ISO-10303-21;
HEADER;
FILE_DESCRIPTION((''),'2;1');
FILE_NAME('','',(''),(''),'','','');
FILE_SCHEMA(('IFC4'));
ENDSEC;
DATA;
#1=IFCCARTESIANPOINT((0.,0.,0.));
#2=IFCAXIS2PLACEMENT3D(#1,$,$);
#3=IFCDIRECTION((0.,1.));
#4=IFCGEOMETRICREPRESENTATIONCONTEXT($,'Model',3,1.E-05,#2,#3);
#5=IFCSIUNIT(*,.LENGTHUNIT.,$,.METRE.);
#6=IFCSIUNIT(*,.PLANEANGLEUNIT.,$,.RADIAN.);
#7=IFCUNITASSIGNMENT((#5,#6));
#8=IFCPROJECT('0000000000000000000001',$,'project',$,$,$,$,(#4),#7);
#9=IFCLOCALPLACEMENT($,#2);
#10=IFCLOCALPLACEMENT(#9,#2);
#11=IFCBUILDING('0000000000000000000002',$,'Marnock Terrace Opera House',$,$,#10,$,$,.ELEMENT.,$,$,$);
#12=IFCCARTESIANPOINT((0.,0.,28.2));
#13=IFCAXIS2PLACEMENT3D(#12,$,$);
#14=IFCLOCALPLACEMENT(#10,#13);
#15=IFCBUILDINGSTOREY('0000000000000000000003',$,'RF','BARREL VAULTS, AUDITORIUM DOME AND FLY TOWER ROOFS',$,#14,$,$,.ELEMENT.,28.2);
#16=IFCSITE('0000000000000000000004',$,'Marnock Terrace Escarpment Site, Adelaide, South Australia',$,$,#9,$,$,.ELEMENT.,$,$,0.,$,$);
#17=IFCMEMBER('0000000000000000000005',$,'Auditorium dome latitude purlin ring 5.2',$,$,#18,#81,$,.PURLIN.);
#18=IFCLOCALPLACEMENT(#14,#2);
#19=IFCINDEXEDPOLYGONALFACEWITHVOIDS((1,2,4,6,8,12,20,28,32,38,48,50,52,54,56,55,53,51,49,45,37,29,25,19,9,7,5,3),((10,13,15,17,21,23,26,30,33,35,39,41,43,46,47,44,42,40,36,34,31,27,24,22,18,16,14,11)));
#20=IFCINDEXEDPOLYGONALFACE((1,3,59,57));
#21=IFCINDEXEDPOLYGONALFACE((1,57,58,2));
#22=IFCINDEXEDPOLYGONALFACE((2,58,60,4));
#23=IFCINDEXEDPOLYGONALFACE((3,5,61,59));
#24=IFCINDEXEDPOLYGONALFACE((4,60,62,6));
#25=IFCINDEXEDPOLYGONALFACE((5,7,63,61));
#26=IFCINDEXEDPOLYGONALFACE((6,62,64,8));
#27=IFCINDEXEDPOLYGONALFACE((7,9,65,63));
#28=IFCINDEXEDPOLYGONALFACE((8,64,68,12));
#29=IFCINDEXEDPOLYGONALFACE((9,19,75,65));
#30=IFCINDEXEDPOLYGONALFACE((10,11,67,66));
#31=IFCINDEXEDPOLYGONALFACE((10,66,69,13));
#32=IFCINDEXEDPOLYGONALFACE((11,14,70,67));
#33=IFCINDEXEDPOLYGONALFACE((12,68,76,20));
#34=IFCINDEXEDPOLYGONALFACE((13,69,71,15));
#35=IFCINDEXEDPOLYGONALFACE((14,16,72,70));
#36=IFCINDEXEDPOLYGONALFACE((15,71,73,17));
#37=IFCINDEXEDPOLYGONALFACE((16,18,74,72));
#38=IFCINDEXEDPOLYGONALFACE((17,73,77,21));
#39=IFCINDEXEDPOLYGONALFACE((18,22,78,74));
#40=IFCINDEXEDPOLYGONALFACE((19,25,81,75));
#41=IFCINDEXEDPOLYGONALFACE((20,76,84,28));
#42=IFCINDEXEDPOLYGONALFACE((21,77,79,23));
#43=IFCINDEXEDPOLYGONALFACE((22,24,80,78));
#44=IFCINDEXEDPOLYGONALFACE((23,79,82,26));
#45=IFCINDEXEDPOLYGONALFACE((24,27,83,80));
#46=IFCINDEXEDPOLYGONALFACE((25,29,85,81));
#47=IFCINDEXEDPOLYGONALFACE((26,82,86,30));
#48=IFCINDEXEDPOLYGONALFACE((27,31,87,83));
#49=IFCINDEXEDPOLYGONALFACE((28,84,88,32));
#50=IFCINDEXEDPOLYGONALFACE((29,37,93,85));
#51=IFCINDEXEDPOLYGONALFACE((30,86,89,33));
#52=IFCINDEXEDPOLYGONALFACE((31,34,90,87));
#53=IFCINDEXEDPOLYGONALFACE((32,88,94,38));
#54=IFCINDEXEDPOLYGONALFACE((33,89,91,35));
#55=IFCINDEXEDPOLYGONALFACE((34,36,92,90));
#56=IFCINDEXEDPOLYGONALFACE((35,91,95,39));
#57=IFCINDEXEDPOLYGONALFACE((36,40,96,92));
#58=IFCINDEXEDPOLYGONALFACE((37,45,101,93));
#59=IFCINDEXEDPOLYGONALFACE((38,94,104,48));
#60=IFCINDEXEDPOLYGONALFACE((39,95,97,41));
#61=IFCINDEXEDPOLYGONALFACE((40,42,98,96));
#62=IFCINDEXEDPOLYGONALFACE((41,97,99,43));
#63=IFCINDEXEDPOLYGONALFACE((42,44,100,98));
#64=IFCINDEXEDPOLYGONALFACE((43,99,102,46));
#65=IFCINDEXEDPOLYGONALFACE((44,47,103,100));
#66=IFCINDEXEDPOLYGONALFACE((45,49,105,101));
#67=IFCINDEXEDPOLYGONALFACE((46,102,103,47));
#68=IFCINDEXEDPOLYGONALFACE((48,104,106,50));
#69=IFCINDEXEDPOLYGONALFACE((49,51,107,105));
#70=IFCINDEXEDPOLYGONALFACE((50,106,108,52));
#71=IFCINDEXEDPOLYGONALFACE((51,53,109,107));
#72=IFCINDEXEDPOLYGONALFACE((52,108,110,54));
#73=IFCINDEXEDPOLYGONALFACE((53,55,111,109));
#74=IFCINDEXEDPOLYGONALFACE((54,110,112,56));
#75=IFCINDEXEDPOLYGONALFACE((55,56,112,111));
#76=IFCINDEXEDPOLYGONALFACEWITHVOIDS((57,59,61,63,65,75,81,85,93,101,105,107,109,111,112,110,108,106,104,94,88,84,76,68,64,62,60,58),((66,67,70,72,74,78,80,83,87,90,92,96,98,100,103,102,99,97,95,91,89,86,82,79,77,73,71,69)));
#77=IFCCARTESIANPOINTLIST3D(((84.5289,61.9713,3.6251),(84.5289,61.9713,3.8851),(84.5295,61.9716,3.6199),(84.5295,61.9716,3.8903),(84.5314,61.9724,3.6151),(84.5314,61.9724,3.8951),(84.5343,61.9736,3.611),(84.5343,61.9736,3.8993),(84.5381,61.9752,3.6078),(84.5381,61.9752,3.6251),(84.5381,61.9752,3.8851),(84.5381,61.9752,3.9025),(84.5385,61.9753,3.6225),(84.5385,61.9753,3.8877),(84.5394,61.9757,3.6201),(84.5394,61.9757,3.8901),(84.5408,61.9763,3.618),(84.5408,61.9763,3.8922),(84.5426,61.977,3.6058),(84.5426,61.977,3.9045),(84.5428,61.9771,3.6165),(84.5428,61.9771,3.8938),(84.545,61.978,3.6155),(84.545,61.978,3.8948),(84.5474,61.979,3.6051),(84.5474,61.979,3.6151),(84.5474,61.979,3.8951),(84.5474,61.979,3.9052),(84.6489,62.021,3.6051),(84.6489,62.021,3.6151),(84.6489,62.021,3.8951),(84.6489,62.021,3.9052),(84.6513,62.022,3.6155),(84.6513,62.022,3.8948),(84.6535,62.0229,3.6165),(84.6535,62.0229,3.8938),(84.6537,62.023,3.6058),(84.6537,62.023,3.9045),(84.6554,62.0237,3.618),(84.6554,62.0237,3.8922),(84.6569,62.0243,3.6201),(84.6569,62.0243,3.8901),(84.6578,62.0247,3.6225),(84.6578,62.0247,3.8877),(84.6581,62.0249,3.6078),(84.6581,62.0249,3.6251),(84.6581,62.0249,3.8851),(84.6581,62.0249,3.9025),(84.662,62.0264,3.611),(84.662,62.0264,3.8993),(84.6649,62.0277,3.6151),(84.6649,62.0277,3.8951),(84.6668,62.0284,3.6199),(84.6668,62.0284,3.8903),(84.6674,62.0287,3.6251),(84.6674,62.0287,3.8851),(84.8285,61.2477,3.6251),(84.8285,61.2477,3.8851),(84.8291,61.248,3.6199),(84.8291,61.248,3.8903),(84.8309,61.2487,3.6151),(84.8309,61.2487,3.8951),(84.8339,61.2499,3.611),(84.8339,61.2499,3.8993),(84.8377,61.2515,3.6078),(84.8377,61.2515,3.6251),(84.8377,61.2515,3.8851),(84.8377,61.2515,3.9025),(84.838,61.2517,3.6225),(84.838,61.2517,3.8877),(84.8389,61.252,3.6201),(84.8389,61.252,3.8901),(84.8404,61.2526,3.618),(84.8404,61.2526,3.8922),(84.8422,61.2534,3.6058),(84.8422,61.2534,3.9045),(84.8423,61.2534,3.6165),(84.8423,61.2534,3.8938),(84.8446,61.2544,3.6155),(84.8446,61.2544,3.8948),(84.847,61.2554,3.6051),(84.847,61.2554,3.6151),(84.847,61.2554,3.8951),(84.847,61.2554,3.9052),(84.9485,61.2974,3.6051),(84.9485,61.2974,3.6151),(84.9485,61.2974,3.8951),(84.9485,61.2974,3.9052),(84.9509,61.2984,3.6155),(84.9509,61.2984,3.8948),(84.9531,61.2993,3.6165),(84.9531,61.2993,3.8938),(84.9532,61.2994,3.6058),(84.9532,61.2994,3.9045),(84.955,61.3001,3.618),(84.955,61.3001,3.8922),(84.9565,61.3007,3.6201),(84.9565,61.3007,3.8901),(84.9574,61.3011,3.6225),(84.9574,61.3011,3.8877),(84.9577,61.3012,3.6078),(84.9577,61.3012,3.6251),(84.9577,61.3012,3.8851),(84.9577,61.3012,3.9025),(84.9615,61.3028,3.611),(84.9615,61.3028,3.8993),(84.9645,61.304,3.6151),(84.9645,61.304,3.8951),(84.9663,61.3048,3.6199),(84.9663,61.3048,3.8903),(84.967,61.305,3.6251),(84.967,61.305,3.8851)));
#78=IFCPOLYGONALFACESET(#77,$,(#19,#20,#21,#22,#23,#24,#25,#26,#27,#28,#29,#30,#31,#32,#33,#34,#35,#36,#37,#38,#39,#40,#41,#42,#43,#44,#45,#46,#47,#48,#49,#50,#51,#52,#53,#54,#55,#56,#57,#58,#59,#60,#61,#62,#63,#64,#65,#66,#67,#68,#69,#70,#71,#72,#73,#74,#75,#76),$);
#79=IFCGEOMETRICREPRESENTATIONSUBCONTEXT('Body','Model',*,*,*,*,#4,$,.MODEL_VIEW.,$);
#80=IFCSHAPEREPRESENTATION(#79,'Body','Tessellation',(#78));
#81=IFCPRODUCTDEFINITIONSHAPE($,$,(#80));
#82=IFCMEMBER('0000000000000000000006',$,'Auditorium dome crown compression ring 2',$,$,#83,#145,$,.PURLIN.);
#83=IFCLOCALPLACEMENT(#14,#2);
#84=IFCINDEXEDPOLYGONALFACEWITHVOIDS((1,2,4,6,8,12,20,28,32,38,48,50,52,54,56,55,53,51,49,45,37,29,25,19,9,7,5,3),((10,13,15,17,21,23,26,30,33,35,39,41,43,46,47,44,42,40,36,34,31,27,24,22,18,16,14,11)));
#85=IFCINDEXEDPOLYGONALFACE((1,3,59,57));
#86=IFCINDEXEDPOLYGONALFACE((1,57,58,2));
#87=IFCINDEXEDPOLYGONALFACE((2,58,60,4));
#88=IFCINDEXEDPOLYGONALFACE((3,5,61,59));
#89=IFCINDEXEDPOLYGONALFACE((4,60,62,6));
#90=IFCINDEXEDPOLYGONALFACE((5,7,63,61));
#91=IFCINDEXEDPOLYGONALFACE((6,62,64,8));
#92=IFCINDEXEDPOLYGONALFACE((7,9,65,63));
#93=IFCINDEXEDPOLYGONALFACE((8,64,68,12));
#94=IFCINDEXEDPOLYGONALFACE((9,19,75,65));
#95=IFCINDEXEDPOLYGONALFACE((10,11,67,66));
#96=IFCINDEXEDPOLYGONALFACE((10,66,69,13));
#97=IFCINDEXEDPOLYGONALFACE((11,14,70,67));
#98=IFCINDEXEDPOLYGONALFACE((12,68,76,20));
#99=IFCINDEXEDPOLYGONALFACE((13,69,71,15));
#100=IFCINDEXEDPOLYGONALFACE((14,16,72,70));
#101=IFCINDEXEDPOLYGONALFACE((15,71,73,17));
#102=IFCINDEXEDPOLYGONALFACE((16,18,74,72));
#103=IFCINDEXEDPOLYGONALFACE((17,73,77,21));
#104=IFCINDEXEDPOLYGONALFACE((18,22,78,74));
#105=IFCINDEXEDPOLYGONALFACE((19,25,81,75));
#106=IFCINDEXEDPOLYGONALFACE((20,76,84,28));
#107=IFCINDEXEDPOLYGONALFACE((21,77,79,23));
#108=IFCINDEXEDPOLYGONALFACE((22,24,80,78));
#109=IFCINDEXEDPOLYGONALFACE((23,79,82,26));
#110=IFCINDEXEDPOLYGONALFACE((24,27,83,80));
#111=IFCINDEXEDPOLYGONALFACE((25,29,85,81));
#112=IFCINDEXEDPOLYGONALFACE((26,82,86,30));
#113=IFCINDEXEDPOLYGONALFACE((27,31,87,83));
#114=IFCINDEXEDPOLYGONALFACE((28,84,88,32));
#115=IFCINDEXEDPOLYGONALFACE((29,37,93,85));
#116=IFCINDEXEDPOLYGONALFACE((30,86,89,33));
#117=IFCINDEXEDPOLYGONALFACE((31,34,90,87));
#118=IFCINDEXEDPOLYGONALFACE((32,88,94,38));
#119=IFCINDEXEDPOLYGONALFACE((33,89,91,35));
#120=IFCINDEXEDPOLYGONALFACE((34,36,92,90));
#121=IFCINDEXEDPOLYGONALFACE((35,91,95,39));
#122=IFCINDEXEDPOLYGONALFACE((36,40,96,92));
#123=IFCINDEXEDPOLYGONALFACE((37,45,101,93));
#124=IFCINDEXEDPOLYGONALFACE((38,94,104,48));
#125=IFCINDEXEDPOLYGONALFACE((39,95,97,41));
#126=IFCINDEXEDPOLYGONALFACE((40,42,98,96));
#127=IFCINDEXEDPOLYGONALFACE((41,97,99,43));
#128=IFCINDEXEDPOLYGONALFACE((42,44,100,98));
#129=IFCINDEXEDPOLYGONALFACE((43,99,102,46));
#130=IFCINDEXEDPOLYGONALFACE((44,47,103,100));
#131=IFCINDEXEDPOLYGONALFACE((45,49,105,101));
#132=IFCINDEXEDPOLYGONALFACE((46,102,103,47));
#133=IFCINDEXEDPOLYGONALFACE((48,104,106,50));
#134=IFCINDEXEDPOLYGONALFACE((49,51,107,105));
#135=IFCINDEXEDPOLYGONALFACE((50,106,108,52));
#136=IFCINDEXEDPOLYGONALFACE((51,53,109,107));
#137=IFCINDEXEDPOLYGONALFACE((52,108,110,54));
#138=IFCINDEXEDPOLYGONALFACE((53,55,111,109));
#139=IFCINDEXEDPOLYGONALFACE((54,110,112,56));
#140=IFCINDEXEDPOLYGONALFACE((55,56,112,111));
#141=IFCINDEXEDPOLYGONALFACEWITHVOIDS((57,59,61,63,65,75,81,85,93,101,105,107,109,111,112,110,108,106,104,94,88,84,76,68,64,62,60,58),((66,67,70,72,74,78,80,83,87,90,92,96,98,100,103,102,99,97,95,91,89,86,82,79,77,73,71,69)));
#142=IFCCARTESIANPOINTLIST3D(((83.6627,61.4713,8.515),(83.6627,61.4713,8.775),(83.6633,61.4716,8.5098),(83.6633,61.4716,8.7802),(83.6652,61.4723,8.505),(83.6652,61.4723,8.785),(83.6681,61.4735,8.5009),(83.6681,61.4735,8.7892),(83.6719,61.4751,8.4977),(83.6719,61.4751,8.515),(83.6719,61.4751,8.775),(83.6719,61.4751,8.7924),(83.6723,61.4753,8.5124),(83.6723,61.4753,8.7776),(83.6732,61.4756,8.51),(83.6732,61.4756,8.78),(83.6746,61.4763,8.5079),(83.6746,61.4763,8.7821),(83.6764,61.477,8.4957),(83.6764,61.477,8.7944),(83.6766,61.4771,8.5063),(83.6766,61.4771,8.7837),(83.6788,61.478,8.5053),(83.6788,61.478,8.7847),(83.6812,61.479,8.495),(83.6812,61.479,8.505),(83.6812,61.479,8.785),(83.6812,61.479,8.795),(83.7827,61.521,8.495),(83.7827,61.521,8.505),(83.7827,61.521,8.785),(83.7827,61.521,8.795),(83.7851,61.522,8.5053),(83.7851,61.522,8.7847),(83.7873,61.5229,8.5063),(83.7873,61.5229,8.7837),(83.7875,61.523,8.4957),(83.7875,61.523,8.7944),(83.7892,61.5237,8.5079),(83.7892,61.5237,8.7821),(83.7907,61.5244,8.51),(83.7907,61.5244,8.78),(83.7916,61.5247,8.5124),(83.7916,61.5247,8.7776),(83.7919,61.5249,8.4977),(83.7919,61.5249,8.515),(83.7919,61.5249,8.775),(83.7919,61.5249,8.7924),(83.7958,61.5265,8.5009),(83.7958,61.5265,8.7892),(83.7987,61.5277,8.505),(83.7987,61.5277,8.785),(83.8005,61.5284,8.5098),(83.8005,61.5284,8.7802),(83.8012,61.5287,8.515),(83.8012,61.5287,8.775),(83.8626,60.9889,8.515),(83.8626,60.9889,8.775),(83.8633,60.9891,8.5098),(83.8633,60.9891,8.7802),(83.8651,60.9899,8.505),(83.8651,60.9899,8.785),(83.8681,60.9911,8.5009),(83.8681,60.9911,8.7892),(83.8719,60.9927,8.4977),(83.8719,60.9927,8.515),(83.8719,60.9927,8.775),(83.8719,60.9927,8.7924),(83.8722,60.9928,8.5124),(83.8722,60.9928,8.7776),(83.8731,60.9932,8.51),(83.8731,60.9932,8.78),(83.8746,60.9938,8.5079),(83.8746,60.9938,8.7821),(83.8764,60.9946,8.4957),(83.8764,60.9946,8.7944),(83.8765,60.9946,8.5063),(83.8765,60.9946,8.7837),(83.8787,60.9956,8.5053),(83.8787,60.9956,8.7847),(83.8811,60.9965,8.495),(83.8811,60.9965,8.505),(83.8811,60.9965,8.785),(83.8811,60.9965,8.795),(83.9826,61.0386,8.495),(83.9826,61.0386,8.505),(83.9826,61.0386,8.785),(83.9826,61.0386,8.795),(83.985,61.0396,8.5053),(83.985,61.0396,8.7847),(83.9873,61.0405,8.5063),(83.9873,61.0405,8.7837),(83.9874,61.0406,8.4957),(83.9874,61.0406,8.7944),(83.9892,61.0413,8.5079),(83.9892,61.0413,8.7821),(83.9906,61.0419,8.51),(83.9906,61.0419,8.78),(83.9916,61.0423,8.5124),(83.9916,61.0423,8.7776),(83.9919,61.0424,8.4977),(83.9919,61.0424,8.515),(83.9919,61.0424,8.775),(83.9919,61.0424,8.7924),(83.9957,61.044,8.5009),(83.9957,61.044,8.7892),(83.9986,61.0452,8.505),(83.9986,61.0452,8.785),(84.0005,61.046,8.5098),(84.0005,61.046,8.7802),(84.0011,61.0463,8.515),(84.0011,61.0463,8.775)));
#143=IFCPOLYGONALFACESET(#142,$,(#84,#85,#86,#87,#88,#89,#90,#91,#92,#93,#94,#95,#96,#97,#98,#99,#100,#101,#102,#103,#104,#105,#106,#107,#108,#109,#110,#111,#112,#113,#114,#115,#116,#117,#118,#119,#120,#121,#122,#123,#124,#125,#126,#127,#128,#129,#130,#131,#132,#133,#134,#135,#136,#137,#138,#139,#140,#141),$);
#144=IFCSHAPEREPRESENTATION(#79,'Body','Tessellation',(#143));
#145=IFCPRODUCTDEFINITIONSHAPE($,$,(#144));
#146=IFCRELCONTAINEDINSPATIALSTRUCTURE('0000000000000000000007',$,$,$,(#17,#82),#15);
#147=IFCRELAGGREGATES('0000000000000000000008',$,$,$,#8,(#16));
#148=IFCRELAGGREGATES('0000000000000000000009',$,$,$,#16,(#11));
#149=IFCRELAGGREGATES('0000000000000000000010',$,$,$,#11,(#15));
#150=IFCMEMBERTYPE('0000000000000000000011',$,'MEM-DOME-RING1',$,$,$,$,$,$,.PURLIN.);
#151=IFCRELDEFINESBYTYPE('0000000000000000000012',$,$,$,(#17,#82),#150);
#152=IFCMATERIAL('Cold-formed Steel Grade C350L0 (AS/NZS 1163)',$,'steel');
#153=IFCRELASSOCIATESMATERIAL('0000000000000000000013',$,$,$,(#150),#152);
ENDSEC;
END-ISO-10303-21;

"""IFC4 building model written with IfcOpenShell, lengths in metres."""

from ifc_helpers import new_model, si_unit, direction, frame, origin, origin_2d, place, context, subcontext, project, spatial, hollow_rectangle, extrude, material, material_profile, profile_set, type_object, element, save


model = new_model("IFC4")

# Units and contexts
model_context = context("Model", 3, precision=1e-05, world=origin(), true_north=direction((0.0, 1.0)))
body_context = subcontext(model_context, "Body", "Model", "MODEL_VIEW")
ifc_project = project(units=[si_unit("LENGTHUNIT", "METRE"), si_unit("PLANEANGLEUNIT", "RADIAN")], contexts=[model_context])

# Site, building, storey
site_placement = place(None, origin())
site = spatial("IfcSite", under=ifc_project, at=site_placement, Name="Marnock Terrace Escarpment Site, Adelaide, South Australia", CompositionType="ELEMENT", RefElevation=0.0)
building_placement = place(site_placement, origin())
building = spatial("IfcBuilding", under=site, at=building_placement, Name="Marnock Terrace Opera House", CompositionType="ELEMENT")
storey_placement = place(building_placement, frame((0.0, 0.0, 28.2)))
storey = spatial("IfcBuildingStorey", under=building, at=storey_placement, Name="RF", Description="BARREL VAULTS, AUDITORIUM DOME AND FLY TOWER ROOFS", CompositionType="ELEMENT", Elevation=28.2)

# Members
ifc_material_1 = material(Name="Cold-formed Steel Grade C350L0 (AS/NZS 1163)", Category="steel")
ifc_material_profile_1 = material_profile(ifc_material_1, hollow_rectangle(XDim=0.1499, YDim=0.3, WallThickness=0.01, InnerFilletRadius=0.01, OuterFilletRadius=0.02, at=origin_2d()))
ifc_profile_set_1 = profile_set([ifc_material_profile_1], Name="Cold-formed Steel Grade C350L0 (AS/NZS 1163)")
member_type_1 = type_object("IfcMemberType", Name="MEM-DOME-RING1", PredefinedType="PURLIN", material=ifc_profile_set_1)
member_1_placement = place(storey_placement, frame((84.8977, 61.2764, 3.7551), z_axis=(-0.382489, 0.92396, 0.0), x_axis=(-0.92396, -0.382489, 0.0)))
element("IfcMember", 1, at=member_1_placement, inside=storey, type_object=member_type_1, Name="Auditorium dome latitude purlin ring 5.2", PredefinedType="PURLIN", context=body_context, shape_type="SweptSolid", body=[
    extrude(hollow_rectangle(XDim=0.1499, YDim=0.3, WallThickness=0.01, InnerFilletRadius=0.01, OuterFilletRadius=0.02, at=origin_2d()), origin(), (0.0, 0.0, 1.0), 0.7832),
])
member_2_placement = place(storey_placement, frame((83.9319, 61.0176, 8.645), z_axis=(-0.382889, 0.923795, 0.0), x_axis=(-0.923795, -0.382889, 0.0)))
element("IfcMember", 2, at=member_2_placement, inside=storey, type_object=member_type_1, Name="Auditorium dome crown compression ring 2", PredefinedType="PURLIN", context=body_context, shape_type="SweptSolid", body=[
    extrude(hollow_rectangle(XDim=0.1499, YDim=0.3, WallThickness=0.01, InnerFilletRadius=0.01, OuterFilletRadius=0.02, at=origin_2d()), origin(), (0.0, 0.0, 1.0), 0.5222),
])

save(model, "model.ifc")
